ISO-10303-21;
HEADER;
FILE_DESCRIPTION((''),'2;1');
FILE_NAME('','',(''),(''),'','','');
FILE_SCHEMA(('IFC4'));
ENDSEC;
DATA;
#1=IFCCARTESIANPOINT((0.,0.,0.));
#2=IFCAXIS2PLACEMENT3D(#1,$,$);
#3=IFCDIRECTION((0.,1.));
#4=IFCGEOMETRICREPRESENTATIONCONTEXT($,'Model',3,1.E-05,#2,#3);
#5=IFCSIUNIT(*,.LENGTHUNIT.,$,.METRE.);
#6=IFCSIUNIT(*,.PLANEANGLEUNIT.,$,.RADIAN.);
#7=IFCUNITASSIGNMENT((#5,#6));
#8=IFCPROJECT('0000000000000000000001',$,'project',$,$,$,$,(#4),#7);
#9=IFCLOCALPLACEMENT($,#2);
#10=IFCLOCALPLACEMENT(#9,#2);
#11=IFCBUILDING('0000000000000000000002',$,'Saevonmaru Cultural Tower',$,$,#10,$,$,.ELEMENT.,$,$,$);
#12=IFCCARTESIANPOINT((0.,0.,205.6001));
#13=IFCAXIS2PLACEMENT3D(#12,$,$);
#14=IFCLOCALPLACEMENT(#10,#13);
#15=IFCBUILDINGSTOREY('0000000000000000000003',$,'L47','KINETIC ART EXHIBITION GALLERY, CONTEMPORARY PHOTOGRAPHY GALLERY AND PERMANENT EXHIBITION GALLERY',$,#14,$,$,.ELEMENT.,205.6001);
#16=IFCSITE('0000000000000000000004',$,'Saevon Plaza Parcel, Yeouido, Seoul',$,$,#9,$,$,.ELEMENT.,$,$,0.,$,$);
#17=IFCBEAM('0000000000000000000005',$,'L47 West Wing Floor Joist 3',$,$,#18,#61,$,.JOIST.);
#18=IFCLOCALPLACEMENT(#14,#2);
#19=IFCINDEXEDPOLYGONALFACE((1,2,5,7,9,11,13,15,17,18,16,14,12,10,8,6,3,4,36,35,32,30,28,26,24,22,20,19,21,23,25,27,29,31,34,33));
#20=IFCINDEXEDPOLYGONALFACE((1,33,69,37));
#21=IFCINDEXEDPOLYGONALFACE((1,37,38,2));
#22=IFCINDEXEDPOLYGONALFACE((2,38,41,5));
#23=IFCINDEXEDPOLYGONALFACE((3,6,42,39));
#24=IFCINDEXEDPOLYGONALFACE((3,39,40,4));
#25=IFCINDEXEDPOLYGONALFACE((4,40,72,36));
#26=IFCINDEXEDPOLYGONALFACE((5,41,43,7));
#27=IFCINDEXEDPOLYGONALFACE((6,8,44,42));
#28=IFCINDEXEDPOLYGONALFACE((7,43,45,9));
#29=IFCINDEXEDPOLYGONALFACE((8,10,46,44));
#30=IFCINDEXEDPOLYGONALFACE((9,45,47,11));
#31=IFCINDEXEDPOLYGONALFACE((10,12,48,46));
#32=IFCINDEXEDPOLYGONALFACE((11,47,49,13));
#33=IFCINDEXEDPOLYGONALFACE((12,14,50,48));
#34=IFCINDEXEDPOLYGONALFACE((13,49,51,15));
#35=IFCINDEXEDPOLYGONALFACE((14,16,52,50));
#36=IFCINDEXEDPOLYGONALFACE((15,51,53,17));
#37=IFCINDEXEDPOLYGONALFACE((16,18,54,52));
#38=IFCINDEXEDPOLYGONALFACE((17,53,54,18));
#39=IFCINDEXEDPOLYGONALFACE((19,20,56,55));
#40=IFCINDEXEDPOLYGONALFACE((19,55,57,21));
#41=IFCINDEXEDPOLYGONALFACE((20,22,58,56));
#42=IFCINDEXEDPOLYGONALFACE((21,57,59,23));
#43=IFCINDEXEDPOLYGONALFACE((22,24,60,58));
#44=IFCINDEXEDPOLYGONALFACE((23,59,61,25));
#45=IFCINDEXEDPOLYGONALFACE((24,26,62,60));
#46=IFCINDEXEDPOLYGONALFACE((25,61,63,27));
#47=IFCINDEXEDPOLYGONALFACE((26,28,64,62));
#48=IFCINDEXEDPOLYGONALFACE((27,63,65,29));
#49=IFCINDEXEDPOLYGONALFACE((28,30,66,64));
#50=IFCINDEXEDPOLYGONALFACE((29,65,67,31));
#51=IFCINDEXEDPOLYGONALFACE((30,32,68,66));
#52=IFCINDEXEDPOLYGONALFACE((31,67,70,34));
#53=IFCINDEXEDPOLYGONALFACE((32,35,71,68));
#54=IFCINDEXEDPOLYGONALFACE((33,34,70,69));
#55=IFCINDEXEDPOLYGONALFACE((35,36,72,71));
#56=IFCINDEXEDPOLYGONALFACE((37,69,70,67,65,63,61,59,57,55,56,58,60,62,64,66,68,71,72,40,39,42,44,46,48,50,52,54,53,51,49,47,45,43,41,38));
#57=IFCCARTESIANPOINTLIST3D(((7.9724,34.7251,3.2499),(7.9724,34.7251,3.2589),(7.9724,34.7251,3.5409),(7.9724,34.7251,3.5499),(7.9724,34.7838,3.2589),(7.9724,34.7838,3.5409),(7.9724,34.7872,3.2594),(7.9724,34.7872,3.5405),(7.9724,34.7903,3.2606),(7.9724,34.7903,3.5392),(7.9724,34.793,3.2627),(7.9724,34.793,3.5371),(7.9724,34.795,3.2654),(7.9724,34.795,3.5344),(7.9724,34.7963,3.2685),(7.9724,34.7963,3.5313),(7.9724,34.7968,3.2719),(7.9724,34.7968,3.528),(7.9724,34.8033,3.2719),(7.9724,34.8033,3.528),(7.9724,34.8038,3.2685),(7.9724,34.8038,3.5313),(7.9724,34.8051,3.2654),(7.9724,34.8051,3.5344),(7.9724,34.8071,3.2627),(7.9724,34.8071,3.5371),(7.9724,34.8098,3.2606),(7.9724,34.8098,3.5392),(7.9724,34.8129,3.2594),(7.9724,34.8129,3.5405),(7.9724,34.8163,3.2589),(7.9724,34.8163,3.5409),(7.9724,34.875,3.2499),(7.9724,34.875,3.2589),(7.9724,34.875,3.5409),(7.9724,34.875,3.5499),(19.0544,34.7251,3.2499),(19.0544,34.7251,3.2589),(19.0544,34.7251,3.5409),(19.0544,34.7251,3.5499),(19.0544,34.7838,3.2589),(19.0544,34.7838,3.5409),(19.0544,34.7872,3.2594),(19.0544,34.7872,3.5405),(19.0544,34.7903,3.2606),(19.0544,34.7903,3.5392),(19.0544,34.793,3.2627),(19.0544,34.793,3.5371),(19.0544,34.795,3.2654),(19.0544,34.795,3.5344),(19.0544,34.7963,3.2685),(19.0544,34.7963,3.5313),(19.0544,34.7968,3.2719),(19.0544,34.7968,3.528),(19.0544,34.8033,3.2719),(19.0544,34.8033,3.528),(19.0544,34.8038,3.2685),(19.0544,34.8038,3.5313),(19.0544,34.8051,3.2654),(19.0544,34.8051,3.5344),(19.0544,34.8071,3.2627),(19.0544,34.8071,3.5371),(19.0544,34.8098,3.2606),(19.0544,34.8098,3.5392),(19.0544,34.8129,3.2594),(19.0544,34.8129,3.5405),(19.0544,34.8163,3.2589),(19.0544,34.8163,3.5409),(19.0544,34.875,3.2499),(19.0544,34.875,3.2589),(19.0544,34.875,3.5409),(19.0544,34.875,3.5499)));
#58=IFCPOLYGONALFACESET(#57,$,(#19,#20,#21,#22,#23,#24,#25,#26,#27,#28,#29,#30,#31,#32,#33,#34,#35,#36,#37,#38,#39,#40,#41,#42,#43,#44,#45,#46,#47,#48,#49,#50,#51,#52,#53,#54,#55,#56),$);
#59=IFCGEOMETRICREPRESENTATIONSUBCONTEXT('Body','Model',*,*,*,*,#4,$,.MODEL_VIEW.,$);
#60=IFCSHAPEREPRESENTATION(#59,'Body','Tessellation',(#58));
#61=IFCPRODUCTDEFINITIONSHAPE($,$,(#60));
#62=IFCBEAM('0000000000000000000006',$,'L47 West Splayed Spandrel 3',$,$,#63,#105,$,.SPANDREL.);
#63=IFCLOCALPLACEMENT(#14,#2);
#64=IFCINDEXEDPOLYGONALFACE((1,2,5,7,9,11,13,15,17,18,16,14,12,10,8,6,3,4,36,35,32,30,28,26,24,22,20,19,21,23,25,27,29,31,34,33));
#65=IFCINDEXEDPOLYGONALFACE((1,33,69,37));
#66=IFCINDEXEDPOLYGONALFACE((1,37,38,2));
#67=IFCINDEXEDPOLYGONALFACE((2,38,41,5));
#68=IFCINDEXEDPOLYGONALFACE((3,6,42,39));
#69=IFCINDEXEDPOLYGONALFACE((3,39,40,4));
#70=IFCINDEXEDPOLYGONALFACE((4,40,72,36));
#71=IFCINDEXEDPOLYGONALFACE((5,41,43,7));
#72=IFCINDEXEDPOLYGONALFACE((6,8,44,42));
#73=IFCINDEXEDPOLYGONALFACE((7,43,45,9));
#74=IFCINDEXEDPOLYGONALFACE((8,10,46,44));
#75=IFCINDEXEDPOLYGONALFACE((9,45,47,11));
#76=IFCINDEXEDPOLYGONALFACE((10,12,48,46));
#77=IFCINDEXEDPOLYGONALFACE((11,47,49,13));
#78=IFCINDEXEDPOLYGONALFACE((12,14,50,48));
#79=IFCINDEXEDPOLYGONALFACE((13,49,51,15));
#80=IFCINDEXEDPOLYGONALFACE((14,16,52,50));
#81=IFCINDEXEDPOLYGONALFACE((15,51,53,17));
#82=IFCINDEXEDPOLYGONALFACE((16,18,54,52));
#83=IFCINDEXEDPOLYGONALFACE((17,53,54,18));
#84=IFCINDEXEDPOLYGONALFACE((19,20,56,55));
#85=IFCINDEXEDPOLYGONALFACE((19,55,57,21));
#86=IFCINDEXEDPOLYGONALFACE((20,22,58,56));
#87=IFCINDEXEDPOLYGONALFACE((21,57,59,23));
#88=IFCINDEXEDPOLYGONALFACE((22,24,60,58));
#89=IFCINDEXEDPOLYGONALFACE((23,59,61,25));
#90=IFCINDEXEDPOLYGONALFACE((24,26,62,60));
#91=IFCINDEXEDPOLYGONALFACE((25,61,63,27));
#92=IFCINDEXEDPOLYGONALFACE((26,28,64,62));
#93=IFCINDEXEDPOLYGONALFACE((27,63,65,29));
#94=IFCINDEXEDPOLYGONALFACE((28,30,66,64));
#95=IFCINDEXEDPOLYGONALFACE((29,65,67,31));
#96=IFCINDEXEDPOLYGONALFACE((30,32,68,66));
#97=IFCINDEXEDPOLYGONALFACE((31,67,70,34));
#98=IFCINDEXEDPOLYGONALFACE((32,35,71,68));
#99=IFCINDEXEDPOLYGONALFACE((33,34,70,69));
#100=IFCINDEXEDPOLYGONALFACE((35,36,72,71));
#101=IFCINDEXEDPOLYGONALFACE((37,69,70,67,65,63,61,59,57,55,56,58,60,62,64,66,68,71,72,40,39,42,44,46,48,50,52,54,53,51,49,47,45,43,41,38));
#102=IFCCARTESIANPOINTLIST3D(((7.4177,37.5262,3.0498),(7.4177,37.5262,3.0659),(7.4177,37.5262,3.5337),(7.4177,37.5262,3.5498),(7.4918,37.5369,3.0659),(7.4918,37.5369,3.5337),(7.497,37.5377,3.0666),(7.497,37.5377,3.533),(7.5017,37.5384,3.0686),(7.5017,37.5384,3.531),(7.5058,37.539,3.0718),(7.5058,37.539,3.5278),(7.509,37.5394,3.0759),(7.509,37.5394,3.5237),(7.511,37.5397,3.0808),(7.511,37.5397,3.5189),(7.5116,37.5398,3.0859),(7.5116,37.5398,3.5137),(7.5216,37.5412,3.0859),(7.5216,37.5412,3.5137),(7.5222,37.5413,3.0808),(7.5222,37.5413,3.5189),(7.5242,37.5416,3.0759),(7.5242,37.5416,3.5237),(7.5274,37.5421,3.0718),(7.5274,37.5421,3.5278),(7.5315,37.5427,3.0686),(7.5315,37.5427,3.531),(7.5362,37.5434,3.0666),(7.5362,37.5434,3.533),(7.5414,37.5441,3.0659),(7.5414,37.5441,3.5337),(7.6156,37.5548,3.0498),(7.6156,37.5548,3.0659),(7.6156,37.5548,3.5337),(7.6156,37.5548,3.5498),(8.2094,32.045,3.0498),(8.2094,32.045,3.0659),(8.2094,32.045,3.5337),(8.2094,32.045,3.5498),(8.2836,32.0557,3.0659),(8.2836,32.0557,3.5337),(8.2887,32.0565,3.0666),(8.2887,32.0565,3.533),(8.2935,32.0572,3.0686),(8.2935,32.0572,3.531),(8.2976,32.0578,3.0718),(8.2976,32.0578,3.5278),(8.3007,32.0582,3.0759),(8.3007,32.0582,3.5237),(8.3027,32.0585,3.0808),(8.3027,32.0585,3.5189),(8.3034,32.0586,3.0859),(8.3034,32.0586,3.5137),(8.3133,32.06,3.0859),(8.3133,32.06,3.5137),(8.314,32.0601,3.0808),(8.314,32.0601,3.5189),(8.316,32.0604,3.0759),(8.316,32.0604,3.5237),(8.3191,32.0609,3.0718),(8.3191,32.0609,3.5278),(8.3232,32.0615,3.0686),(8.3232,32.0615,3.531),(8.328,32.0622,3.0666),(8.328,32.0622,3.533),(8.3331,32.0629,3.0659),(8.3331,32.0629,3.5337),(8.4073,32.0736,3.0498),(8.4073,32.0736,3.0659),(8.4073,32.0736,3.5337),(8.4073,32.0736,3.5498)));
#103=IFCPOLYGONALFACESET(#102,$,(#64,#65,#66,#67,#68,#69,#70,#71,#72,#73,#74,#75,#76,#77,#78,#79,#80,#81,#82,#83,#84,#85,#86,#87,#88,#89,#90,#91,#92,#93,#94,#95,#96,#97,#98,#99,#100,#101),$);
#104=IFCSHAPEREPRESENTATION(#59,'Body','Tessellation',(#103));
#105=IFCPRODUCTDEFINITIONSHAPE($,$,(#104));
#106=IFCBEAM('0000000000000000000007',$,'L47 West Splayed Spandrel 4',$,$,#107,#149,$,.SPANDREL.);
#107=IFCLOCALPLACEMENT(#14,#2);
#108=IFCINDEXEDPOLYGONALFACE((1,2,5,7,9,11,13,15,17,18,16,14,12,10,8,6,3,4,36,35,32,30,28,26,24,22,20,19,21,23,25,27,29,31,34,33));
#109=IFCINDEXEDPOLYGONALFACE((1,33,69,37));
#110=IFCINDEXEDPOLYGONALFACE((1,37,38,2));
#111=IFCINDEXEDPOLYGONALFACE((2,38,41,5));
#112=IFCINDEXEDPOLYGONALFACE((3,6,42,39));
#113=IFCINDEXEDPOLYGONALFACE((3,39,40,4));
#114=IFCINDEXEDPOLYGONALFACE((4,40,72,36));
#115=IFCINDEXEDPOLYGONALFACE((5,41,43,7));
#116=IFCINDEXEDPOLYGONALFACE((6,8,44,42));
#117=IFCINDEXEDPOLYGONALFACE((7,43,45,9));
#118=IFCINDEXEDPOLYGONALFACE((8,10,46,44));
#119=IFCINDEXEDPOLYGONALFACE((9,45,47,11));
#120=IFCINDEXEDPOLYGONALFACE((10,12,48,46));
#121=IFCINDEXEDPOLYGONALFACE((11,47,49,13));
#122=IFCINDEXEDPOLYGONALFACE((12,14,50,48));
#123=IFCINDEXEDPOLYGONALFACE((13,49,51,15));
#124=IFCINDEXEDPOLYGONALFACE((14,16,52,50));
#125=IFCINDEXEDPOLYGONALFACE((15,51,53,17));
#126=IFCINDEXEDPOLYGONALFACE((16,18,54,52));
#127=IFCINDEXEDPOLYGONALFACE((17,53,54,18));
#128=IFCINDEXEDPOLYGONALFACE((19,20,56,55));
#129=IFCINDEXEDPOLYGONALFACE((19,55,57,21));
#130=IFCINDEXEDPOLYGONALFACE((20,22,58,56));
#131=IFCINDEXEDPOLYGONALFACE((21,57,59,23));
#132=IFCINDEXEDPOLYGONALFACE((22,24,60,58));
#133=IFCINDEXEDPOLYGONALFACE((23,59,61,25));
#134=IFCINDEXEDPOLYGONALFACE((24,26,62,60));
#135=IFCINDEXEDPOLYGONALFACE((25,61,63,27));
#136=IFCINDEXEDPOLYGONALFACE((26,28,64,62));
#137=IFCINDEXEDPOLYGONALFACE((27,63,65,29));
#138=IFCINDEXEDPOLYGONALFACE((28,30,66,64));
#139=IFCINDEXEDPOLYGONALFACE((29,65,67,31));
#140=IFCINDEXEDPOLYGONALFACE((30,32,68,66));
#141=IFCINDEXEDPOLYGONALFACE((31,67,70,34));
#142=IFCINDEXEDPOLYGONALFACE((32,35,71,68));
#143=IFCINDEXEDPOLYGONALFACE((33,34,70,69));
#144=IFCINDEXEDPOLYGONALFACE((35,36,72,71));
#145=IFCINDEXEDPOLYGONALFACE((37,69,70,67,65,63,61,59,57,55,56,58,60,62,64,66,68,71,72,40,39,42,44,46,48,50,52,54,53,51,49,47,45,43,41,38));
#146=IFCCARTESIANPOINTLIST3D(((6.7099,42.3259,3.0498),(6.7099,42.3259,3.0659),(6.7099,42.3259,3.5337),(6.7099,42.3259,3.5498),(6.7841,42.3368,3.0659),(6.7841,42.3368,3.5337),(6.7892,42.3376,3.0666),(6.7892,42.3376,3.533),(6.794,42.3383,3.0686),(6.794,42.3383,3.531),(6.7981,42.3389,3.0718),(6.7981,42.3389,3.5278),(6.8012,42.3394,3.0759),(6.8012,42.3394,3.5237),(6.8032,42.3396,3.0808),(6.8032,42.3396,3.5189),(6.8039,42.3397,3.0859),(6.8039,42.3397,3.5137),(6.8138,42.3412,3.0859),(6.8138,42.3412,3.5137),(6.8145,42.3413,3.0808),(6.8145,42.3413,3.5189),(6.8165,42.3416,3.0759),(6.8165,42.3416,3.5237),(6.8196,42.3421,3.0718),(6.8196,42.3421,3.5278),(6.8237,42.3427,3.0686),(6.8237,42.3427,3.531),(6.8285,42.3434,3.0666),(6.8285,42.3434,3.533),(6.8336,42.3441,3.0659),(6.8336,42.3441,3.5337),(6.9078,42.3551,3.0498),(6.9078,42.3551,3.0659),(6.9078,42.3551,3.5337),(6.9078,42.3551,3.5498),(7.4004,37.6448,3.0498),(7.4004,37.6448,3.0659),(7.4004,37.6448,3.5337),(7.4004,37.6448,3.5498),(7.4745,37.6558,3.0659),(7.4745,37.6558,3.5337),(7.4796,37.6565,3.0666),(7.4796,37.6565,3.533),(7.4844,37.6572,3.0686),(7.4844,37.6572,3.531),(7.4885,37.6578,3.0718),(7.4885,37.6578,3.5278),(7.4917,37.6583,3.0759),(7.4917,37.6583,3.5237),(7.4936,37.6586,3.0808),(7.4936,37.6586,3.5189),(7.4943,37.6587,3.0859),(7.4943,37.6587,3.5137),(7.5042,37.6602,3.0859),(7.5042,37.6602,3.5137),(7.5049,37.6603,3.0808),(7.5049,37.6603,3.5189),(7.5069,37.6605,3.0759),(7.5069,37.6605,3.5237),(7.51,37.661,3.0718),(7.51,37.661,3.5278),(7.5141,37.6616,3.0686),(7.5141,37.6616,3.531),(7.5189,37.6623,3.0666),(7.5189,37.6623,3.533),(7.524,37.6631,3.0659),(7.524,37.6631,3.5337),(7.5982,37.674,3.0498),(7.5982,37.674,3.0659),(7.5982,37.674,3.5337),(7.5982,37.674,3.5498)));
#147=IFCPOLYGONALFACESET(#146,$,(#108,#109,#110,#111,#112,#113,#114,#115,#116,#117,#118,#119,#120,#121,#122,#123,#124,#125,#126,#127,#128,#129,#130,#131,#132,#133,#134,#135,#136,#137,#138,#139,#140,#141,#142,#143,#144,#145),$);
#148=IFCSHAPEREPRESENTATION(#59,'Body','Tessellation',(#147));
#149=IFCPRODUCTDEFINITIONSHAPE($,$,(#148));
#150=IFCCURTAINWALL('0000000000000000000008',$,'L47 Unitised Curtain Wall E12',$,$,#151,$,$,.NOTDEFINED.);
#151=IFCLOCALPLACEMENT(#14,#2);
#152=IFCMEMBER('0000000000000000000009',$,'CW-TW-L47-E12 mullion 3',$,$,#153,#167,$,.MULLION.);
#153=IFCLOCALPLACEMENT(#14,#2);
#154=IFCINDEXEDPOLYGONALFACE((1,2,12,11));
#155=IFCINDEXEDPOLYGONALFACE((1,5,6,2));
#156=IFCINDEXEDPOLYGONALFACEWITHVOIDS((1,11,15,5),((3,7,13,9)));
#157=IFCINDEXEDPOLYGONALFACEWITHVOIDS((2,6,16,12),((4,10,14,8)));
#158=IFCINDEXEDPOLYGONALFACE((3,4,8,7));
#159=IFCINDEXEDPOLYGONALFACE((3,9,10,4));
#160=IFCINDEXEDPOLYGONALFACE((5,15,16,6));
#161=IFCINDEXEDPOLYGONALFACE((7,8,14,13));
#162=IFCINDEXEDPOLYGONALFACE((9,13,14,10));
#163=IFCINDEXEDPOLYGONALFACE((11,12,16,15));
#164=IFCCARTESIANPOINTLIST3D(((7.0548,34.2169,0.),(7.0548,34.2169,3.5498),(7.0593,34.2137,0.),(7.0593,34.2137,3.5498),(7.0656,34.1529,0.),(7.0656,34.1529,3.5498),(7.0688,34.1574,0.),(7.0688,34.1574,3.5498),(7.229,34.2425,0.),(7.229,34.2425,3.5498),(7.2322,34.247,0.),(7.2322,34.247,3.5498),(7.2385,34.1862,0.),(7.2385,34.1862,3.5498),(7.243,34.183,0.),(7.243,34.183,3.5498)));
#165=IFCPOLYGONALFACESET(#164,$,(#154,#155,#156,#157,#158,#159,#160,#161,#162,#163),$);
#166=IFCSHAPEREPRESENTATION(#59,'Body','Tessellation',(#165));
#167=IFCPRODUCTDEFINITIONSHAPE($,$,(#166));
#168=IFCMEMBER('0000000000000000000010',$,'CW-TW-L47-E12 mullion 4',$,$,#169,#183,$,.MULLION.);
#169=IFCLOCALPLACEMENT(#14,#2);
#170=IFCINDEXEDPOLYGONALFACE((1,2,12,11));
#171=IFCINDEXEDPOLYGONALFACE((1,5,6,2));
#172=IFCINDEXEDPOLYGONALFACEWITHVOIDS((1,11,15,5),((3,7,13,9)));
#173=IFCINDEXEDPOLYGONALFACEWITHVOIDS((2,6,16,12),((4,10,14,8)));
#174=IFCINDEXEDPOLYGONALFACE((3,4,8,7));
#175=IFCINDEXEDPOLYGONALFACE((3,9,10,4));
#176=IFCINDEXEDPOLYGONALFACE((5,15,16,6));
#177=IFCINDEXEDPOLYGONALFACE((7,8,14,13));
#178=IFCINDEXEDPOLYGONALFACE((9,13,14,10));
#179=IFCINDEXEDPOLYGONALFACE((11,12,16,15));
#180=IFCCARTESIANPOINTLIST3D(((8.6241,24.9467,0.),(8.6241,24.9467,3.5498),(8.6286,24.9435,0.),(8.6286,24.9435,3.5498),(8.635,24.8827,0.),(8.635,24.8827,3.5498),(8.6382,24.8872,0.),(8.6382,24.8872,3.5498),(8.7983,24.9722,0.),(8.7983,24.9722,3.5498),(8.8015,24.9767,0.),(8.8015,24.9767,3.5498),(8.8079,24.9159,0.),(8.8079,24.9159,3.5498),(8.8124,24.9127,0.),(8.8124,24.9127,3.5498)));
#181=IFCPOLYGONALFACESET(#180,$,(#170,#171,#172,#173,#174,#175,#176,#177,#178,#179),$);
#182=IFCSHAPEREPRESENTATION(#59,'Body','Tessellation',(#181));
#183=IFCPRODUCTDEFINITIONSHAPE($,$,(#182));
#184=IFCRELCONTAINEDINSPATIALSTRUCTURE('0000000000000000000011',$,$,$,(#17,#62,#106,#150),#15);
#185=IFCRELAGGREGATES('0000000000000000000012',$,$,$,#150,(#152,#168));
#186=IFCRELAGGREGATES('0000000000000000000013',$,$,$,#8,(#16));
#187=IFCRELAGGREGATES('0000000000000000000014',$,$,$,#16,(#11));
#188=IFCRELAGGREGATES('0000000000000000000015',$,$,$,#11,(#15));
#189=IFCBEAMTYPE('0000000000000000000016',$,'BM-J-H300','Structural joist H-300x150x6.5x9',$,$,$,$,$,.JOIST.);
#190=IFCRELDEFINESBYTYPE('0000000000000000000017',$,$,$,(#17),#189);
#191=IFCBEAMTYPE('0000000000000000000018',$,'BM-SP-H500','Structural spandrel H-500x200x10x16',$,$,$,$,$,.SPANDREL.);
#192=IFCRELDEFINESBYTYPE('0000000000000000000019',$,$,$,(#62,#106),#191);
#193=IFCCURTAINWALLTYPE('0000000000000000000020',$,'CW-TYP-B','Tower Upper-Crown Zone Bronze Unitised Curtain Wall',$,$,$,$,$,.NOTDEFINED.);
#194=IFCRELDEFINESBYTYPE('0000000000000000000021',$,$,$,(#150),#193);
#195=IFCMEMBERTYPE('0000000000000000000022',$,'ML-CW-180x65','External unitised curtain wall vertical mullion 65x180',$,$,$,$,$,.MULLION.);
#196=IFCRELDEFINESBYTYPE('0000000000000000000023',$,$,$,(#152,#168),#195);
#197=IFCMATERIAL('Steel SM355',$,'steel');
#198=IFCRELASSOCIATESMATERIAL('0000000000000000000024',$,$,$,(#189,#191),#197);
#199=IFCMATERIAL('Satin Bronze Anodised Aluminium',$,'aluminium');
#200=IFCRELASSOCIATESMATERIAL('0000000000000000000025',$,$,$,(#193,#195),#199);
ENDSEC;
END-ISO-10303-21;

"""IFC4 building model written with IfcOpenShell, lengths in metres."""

from ifc_helpers import new_model, si_unit, direction, frame, origin, origin_2d, place, context, subcontext, project, spatial, hollow_rectangle, i_section, extrude, material, material_profile, profile_set, type_object, element, aggregate, save


model = new_model("IFC4")

# Units and contexts
model_context = context("Model", 3, precision=1e-05, world=origin(), true_north=direction((0.0, 1.0)))
body_context = subcontext(model_context, "Body", "Model", "MODEL_VIEW")
ifc_project = project(units=[si_unit("LENGTHUNIT", "METRE"), si_unit("PLANEANGLEUNIT", "RADIAN")], contexts=[model_context])

# Site, building, storey
site_placement = place(None, origin())
site = spatial("IfcSite", under=ifc_project, at=site_placement, Name="Saevon Plaza Parcel, Yeouido, Seoul", CompositionType="ELEMENT", RefElevation=0.0)
building_placement = place(site_placement, origin())
building = spatial("IfcBuilding", under=site, at=building_placement, Name="Saevonmaru Cultural Tower", CompositionType="ELEMENT")
storey_placement = place(building_placement, frame((0.0, 0.0, 205.6001)))
storey = spatial("IfcBuildingStorey", under=building, at=storey_placement, Name="L47", Description="KINETIC ART EXHIBITION GALLERY, CONTEMPORARY PHOTOGRAPHY GALLERY AND PERMANENT EXHIBITION GALLERY", CompositionType="ELEMENT", Elevation=205.6001)

# Beams
ifc_material_1 = material(Name="Steel SM355", Category="steel")
ifc_material_profile_1 = material_profile(ifc_material_1, i_section(OverallWidth=0.1499, OverallDepth=0.3, WebThickness=0.0066, FlangeThickness=0.009, FilletRadius=0.0129, at=origin_2d()), Name="H-300x150x6.5x9")
ifc_profile_set_1 = profile_set([ifc_material_profile_1], Name="Steel SM355")
beam_type_1 = type_object("IfcBeamType", Name="BM-J-H300", Description="Structural joist H-300x150x6.5x9", PredefinedType="JOIST", material=ifc_profile_set_1)
for number, where, z_axis, x_axis, name in (
    (1, (7.9724, 34.8, 3.3999), (1.0, 0.0, 0.0), (0.0, 1.0, 0.0), "L47 West Wing Floor Joist 3"),
):
    element("IfcBeam", number, at=place(storey_placement, frame(where, z_axis=z_axis, x_axis=x_axis)), inside=storey, type_object=beam_type_1, Name=name, PredefinedType="JOIST", context=body_context, shape_type="SweptSolid", body=[
        extrude(i_section(OverallWidth=0.1499, OverallDepth=0.3, WebThickness=0.0066, FlangeThickness=0.009, FilletRadius=0.0129, at=origin_2d()), origin(), (0.0, 0.0, 1.0), 11.082),
    ])
ifc_material_profile_2 = material_profile(ifc_material_1, i_section(OverallWidth=0.2, OverallDepth=0.5, WebThickness=0.01, FlangeThickness=0.0161, FilletRadius=0.02, at=origin_2d()), Name="H-500x200x10x16")
ifc_profile_set_2 = profile_set([ifc_material_profile_2], Name="Steel SM355")
beam_type_2 = type_object("IfcBeamType", Name="BM-SP-H500", Description="Structural spandrel H-500x200x10x16", PredefinedType="SPANDREL", material=ifc_profile_set_2)
beam_1_placement = place(storey_placement, frame((8.3083, 32.0593, 3.2998), z_axis=(-0.142964, 0.989728, 0.0), x_axis=(-0.989728, -0.142964, 0.0)))
element("IfcBeam", 2, at=beam_1_placement, inside=storey, type_object=beam_type_2, Name="L47 West Splayed Spandrel 3", PredefinedType="SPANDREL", context=body_context, shape_type="SweptSolid", body=[
    extrude(i_section(OverallWidth=0.2, OverallDepth=0.5, WebThickness=0.01, FlangeThickness=0.0161, FilletRadius=0.02, at=origin_2d()), origin(), (0.0, 0.0, 1.0), 5.5381),
])
beam_2_placement = place(storey_placement, frame((7.4993, 37.6594, 3.2998), z_axis=(-0.145913, 0.989297, 0.0), x_axis=(-0.989297, -0.145913, 0.0)))
element("IfcBeam", 3, at=beam_2_placement, inside=storey, type_object=beam_type_2, Name="L47 West Splayed Spandrel 4", PredefinedType="SPANDREL", context=body_context, shape_type="SweptSolid", body=[
    extrude(i_section(OverallWidth=0.2, OverallDepth=0.5, WebThickness=0.01, FlangeThickness=0.0161, FilletRadius=0.02, at=origin_2d()), origin(), (0.0, 0.0, 1.0), 4.7317),
])

# Curtain wall, members
ifc_material_2 = material(Name="Satin Bronze Anodised Aluminium", Category="aluminium")
curtain_wall_type = type_object("IfcCurtainWallType", Name="CW-TYP-B", Description="Tower Upper-Crown Zone Bronze Unitised Curtain Wall", PredefinedType="NOTDEFINED", material=ifc_material_2)
curtain_wall_placement = place(storey_placement, origin())
curtain_wall = element("IfcCurtainWall", 4, at=curtain_wall_placement, inside=storey, type_object=curtain_wall_type, Name="L47 Unitised Curtain Wall E12", PredefinedType="NOTDEFINED")
ifc_material_profile_3 = material_profile(ifc_material_2, hollow_rectangle(XDim=0.0649, YDim=0.1799, WallThickness=0.0039, at=origin_2d()), Name="ALU-MULL-180x65x4")
ifc_profile_set_3 = profile_set([ifc_material_profile_3], Name="Satin Bronze Anodised Aluminium")
member_type_1 = type_object("IfcMemberType", Name="ML-CW-180x65", Description="External unitised curtain wall vertical mullion 65x180", PredefinedType="MULLION", material=ifc_profile_set_3)
member_1_placement = place(storey_placement, frame((7.1489, 34.2, 0.0), z_axis=(0.0, 0.0, 1.0), x_axis=(0.166922, -0.98597, 0.0)))
member_1 = element("IfcMember", 5, at=member_1_placement, type_object=member_type_1, Name="CW-TW-L47-E12 mullion 3", PredefinedType="MULLION", context=body_context, shape_type="SweptSolid", body=[
    extrude(hollow_rectangle(XDim=0.0649, YDim=0.1799, WallThickness=0.0039, at=origin_2d()), origin(), (0.0, 0.0, 1.0), 3.5498),
])
member_2_placement = place(storey_placement, frame((8.7183, 24.9297, 0.0), z_axis=(0.0, 0.0, 1.0), x_axis=(0.166922, -0.98597, 0.0)))
member_2 = element("IfcMember", 6, at=member_2_placement, type_object=member_type_1, Name="CW-TW-L47-E12 mullion 4", PredefinedType="MULLION", context=body_context, shape_type="SweptSolid", body=[
    extrude(hollow_rectangle(XDim=0.0649, YDim=0.1799, WallThickness=0.0039, at=origin_2d()), origin(), (0.0, 0.0, 1.0), 3.5498),
])
aggregate(curtain_wall, [member_1, member_2])

save(model, "model.ifc")
